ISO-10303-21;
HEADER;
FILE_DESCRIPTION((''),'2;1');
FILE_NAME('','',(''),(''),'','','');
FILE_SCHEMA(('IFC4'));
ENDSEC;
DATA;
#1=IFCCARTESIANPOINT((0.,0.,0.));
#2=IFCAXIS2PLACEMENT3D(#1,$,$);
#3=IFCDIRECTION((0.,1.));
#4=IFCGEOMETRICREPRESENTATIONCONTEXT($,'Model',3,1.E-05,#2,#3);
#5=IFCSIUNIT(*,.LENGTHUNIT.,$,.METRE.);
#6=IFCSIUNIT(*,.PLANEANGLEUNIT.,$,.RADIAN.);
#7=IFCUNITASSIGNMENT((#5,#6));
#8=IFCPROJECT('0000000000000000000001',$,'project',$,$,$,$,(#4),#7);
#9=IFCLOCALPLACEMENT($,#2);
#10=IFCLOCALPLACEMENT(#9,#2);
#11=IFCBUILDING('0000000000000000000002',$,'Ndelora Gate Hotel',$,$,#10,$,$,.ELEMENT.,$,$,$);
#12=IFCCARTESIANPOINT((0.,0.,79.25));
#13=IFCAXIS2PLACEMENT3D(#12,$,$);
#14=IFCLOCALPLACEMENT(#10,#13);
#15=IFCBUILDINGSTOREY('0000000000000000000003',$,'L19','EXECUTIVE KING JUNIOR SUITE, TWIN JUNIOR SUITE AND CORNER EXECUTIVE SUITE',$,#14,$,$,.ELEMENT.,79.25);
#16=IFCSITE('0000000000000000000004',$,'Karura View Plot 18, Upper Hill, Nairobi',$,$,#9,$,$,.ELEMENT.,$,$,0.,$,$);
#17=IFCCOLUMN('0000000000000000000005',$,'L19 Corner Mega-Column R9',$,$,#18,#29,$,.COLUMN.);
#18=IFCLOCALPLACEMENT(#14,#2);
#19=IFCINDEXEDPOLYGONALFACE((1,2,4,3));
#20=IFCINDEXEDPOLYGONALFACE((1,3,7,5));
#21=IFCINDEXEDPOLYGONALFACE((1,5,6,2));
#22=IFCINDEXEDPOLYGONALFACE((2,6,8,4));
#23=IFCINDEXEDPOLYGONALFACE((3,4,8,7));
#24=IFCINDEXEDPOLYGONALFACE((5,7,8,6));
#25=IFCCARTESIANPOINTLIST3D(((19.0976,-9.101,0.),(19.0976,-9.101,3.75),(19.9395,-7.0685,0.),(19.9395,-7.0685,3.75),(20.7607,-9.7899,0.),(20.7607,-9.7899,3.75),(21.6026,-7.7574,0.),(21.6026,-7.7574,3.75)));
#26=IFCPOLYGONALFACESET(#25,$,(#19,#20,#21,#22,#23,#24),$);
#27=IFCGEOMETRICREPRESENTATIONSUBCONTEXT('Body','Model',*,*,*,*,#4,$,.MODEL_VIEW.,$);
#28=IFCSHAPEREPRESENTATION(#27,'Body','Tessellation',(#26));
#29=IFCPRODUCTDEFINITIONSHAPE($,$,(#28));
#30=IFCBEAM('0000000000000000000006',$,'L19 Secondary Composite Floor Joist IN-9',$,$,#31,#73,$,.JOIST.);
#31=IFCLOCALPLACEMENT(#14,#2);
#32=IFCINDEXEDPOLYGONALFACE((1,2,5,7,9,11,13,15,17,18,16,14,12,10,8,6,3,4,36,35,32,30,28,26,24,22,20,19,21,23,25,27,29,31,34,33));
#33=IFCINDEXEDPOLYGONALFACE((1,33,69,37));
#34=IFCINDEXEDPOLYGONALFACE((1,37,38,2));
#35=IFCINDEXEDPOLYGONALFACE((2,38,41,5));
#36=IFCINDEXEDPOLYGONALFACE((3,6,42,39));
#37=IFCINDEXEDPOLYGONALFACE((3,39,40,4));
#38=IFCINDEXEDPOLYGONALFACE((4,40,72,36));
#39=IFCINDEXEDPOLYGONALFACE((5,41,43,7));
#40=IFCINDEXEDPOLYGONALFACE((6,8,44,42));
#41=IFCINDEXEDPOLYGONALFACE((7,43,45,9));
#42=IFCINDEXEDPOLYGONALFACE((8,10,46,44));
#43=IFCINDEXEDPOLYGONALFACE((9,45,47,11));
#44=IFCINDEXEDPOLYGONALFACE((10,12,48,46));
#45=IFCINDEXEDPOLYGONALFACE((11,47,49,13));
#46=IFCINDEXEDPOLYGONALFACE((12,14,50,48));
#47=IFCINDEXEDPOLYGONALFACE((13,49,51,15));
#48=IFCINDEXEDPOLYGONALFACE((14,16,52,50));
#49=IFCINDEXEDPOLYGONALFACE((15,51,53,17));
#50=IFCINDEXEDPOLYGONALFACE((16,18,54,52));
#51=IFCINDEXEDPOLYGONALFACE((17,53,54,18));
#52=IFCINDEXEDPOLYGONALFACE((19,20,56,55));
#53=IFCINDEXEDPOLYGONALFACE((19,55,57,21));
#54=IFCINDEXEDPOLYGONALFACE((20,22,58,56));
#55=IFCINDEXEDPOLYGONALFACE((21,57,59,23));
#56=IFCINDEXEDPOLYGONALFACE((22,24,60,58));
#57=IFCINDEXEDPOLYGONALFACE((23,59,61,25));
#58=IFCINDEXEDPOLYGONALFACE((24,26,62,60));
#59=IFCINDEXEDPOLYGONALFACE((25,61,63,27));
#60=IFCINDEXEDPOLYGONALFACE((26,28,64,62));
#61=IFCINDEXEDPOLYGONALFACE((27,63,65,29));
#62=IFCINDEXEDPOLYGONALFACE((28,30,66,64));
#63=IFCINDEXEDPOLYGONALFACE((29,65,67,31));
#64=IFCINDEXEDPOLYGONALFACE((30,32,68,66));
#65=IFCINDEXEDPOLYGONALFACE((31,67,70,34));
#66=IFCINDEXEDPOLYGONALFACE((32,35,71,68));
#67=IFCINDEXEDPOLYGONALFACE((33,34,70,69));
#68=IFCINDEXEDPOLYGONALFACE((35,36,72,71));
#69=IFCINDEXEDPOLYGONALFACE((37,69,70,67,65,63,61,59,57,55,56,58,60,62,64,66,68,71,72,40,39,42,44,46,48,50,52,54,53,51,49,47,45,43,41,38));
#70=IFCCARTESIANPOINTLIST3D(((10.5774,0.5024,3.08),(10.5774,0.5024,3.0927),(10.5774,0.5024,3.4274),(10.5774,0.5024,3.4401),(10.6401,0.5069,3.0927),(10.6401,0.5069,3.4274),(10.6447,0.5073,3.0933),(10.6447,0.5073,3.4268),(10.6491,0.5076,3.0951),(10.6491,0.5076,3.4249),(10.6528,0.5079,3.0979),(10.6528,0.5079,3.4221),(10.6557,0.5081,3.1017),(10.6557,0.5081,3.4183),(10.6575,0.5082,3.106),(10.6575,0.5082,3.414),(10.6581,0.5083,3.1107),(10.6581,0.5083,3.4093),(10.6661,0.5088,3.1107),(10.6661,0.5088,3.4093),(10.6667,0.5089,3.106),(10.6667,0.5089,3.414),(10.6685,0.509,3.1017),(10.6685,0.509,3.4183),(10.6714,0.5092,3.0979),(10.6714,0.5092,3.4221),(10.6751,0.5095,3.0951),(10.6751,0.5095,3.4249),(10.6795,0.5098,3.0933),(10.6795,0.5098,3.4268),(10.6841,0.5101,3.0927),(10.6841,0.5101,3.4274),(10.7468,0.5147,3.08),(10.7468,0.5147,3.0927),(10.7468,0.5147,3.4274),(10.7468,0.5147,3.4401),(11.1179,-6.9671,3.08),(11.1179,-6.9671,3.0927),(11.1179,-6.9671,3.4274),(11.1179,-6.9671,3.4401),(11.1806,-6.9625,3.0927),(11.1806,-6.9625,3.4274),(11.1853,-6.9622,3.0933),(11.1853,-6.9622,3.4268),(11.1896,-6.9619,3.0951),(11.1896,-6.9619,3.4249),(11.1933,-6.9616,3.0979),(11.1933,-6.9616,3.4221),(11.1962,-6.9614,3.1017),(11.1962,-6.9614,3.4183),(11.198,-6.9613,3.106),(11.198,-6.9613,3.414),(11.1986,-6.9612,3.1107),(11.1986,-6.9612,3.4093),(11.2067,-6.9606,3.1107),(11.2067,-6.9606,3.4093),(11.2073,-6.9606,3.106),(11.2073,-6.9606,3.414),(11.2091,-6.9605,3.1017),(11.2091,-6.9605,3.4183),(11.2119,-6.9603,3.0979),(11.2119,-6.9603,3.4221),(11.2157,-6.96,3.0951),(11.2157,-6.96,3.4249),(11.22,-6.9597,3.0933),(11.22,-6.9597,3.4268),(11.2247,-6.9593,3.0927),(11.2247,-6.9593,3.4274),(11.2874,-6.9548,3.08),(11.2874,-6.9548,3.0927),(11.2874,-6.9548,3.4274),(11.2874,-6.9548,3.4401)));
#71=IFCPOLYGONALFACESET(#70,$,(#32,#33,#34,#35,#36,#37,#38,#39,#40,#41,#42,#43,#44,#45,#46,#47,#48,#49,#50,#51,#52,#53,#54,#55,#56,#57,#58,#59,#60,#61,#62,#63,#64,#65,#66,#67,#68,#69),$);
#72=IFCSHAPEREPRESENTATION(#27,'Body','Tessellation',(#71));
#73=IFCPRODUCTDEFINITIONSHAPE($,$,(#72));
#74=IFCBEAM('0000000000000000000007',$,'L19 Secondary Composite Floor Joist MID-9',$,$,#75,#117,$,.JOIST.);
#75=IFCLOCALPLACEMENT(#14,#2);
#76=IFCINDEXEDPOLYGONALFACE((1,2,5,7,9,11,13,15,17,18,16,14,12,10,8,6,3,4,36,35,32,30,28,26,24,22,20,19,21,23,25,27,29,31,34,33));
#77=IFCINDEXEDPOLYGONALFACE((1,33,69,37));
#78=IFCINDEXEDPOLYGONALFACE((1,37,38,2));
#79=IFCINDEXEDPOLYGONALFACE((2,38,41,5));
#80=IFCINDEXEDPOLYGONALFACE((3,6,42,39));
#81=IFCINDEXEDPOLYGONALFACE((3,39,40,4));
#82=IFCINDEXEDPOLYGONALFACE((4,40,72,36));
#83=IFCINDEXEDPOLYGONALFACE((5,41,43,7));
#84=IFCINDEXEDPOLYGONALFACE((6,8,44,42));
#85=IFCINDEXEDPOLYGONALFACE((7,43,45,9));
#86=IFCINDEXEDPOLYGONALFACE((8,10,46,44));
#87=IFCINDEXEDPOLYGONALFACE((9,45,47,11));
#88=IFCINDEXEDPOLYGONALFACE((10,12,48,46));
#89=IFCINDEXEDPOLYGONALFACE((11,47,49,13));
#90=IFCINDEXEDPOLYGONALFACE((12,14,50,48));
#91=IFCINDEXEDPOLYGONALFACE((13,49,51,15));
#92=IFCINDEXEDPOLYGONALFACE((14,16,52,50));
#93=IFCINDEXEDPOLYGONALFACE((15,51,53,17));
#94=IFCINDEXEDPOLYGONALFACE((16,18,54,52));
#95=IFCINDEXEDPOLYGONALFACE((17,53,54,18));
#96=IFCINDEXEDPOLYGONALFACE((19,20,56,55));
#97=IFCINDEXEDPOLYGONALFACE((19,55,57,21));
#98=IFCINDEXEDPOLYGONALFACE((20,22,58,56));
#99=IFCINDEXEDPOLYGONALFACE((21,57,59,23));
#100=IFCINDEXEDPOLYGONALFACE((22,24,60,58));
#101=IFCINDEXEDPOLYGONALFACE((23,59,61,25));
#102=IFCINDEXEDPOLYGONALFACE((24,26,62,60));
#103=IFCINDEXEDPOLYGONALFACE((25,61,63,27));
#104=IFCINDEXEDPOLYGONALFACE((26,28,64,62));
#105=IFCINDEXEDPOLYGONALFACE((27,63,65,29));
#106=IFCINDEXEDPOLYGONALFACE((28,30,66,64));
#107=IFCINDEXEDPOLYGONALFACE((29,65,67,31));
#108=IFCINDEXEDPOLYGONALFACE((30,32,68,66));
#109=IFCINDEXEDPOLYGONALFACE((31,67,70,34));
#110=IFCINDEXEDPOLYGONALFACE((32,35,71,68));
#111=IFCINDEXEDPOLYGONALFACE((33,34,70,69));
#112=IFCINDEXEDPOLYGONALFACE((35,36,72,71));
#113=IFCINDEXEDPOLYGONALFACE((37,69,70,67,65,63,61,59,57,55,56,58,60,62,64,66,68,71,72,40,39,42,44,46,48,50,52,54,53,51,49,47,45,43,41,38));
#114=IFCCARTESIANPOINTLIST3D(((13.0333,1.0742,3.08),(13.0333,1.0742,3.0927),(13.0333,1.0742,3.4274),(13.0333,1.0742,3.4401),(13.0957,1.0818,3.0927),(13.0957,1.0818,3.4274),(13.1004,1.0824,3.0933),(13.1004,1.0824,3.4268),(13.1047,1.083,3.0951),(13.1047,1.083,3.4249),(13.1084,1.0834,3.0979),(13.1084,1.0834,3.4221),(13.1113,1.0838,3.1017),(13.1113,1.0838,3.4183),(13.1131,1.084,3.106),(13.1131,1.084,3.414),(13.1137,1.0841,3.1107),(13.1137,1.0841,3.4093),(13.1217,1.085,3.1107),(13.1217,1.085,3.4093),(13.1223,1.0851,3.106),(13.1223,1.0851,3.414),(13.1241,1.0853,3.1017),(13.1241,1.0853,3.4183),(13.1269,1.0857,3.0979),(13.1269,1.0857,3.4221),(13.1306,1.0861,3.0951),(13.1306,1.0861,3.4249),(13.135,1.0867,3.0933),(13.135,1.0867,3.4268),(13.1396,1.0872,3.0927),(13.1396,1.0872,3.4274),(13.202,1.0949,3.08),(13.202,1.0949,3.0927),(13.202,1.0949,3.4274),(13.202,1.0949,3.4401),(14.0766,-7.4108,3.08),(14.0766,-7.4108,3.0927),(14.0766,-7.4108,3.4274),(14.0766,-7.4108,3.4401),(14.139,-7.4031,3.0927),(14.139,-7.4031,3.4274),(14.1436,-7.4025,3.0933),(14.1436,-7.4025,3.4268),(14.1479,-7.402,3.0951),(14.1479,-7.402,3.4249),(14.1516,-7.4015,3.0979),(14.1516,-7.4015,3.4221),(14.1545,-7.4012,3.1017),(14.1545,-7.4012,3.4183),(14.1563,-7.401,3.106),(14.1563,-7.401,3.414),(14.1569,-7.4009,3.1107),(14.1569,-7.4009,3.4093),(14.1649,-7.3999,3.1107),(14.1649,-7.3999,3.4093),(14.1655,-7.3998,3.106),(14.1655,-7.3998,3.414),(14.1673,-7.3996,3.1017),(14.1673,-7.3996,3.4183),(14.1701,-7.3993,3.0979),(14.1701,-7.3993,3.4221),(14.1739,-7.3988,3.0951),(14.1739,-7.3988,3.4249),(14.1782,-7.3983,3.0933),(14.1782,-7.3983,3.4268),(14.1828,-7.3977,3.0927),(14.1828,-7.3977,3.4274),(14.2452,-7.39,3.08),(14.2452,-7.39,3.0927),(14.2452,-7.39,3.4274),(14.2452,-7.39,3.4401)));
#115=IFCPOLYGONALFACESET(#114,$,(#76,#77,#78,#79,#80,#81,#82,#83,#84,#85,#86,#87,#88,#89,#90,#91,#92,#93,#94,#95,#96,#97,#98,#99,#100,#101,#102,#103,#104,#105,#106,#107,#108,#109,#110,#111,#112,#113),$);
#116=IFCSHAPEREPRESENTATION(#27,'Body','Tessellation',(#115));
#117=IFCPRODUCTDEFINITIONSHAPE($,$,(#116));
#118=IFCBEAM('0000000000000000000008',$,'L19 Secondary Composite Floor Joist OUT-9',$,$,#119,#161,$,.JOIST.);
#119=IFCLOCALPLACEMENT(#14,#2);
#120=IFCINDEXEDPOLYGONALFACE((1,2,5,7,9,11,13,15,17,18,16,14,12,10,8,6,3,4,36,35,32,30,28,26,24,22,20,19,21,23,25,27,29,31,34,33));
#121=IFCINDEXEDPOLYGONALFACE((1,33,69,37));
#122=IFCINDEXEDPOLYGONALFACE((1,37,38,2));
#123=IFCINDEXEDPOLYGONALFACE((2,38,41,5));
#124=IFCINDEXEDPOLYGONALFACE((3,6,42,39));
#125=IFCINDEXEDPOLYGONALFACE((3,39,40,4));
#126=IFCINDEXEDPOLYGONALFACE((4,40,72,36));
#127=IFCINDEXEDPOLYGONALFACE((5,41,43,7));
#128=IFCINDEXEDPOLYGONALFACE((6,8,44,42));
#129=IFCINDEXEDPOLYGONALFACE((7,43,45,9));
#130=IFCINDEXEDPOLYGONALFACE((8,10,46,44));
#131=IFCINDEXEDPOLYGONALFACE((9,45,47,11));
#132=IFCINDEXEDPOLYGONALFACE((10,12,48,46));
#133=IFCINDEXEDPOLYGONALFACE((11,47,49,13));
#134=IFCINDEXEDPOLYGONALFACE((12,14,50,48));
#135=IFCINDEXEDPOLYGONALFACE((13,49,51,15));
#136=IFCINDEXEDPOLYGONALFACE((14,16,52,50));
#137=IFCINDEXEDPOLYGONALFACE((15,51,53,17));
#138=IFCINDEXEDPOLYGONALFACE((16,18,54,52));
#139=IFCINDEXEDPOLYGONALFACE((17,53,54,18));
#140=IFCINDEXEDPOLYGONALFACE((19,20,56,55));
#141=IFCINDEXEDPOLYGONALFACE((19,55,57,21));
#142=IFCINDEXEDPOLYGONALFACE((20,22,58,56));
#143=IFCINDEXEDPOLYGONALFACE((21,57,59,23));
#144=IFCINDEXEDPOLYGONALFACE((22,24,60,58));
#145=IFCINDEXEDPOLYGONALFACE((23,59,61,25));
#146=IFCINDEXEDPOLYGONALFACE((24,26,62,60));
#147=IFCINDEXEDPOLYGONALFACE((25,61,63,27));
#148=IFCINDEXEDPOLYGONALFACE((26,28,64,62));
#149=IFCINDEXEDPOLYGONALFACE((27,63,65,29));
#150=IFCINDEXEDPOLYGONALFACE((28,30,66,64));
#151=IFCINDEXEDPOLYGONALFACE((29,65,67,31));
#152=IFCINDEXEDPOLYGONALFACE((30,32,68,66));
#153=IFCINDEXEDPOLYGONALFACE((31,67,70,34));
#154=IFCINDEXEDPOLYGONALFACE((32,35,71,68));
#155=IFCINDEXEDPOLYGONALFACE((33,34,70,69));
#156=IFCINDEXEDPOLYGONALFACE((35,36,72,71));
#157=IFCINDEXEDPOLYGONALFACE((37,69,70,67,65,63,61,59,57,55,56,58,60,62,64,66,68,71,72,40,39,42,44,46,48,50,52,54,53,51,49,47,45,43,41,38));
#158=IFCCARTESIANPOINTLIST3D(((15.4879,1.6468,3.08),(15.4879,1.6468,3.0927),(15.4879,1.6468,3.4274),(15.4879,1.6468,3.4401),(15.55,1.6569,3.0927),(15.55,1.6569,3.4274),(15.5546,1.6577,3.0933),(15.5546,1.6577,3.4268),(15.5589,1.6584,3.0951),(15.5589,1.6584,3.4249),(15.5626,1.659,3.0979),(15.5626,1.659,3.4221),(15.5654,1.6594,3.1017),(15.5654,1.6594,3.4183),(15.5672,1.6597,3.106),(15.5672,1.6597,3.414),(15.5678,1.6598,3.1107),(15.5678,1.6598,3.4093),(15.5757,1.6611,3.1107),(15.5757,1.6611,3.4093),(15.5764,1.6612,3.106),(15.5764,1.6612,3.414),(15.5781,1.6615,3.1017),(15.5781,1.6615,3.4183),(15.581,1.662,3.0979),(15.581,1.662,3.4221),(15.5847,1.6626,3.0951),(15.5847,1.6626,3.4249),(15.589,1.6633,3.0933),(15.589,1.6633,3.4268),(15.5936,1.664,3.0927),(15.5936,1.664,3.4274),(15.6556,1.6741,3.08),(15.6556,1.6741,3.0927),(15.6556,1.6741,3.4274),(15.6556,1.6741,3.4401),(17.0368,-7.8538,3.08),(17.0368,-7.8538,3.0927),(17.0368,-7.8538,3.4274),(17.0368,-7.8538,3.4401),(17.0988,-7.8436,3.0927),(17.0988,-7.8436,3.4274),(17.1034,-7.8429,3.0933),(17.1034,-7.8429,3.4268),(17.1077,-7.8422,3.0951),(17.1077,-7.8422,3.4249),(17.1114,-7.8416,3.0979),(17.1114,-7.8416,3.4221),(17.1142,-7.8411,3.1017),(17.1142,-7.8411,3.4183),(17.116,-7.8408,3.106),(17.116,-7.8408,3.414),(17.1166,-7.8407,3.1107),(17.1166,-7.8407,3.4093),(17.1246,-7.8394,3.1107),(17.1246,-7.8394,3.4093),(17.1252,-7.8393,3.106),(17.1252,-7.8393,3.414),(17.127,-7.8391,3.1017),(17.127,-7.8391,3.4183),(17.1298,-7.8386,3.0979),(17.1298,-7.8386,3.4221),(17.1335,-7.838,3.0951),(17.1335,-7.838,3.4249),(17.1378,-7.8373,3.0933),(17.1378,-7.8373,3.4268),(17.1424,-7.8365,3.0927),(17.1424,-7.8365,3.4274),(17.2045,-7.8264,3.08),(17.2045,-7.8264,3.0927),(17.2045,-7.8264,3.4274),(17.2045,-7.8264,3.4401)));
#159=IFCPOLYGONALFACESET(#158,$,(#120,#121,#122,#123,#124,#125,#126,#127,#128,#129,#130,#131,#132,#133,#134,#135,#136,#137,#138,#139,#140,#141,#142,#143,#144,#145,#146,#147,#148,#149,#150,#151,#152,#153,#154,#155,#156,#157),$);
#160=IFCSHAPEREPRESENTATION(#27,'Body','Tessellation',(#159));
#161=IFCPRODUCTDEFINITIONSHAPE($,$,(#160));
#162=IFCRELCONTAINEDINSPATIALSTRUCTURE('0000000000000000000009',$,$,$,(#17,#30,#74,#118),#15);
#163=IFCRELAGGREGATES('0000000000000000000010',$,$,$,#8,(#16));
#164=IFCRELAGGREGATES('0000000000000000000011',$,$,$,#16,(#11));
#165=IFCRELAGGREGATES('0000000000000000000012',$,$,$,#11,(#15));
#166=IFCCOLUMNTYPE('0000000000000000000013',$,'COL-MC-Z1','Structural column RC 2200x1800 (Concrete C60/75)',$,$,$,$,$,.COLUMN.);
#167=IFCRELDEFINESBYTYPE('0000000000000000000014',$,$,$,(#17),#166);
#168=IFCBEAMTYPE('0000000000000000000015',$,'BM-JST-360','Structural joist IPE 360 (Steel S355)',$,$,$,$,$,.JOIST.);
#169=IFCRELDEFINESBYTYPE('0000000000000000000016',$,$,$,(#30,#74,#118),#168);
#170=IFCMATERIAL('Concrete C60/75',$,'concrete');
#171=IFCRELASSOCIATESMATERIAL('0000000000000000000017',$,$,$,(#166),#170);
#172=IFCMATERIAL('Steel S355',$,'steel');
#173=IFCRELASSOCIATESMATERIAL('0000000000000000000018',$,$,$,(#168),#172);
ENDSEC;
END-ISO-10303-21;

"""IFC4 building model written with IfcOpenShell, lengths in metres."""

from ifc_helpers import new_model, si_unit, direction, frame, origin, origin_2d, place, context, subcontext, project, spatial, rectangle, i_section, extrude, material, material_profile, profile_set, type_object, element, save


model = new_model("IFC4")

# Units and contexts
model_context = context("Model", 3, precision=1e-05, world=origin(), true_north=direction((0.0, 1.0)))
body_context = subcontext(model_context, "Body", "Model", "MODEL_VIEW")
ifc_project = project(units=[si_unit("LENGTHUNIT", "METRE"), si_unit("PLANEANGLEUNIT", "RADIAN")], contexts=[model_context])

# Site, building, storey
site_placement = place(None, origin())
site = spatial("IfcSite", under=ifc_project, at=site_placement, Name="Karura View Plot 18, Upper Hill, Nairobi", CompositionType="ELEMENT", RefElevation=0.0)
building_placement = place(site_placement, origin())
building = spatial("IfcBuilding", under=site, at=building_placement, Name="Ndelora Gate Hotel", CompositionType="ELEMENT")
storey_placement = place(building_placement, frame((0.0, 0.0, 79.25)))
storey = spatial("IfcBuildingStorey", under=building, at=storey_placement, Name="L19", Description="EXECUTIVE KING JUNIOR SUITE, TWIN JUNIOR SUITE AND CORNER EXECUTIVE SUITE", CompositionType="ELEMENT", Elevation=79.25)

# Column
ifc_material_1 = material(Name="Concrete C60/75", Category="concrete")
ifc_material_profile_1 = material_profile(ifc_material_1, rectangle(XDim=1.8, YDim=2.2, at=origin_2d()), Name="RC 2200x1800")
ifc_profile_set_1 = profile_set([ifc_material_profile_1], Name="Concrete C60/75")
column_type = type_object("IfcColumnType", Name="COL-MC-Z1", Description="Structural column RC 2200x1800 (Concrete C60/75)", PredefinedType="COLUMN", material=ifc_profile_set_1)
column_placement = place(storey_placement, frame((20.3501, -8.4292, 0.0), z_axis=(0.0, 0.0, 1.0), x_axis=(-0.92388, 0.382683, 0.0)))
element("IfcColumn", 1, at=column_placement, inside=storey, type_object=column_type, Name="L19 Corner Mega-Column R9", PredefinedType="COLUMN", context=body_context, shape_type="SweptSolid", body=[
    extrude(rectangle(XDim=1.8, YDim=2.2, at=origin_2d()), origin(), (0.0, 0.0, 1.0), 3.75),
])

# Beams
ifc_material_2 = material(Name="Steel S355", Category="steel")
ifc_material_profile_2 = material_profile(ifc_material_2, i_section(OverallWidth=0.1699, OverallDepth=0.3601, WebThickness=0.0081, FlangeThickness=0.0127, FilletRadius=0.0181, at=origin_2d()), Name="IPE 360")
ifc_profile_set_2 = profile_set([ifc_material_profile_2], Name="Steel S355")
beam_type_1 = type_object("IfcBeamType", Name="BM-JST-360", Description="Structural joist IPE 360 (Steel S355)", PredefinedType="JOIST", material=ifc_profile_set_2)
beam_1_placement = place(storey_placement, frame((11.2026, -6.9609, 3.26), z_axis=(-0.072176, 0.997392, 0.0), x_axis=(-0.997392, -0.072176, 0.0)))
element("IfcBeam", 2, at=beam_1_placement, inside=storey, type_object=beam_type_1, Name="L19 Secondary Composite Floor Joist IN-9", PredefinedType="JOIST", context=body_context, shape_type="SweptSolid", body=[
    extrude(i_section(OverallWidth=0.1699, OverallDepth=0.3601, WebThickness=0.0081, FlangeThickness=0.0127, FilletRadius=0.0181, at=origin_2d()), origin(), (0.0, 0.0, 1.0), 7.489),
])
beam_2_placement = place(storey_placement, frame((14.1609, -7.4004, 3.26), z_axis=(-0.122031, 0.992526, 0.0), x_axis=(-0.992526, -0.122031, 0.0)))
element("IfcBeam", 3, at=beam_2_placement, inside=storey, type_object=beam_type_1, Name="L19 Secondary Composite Floor Joist MID-9", PredefinedType="JOIST", context=body_context, shape_type="SweptSolid", body=[
    extrude(i_section(OverallWidth=0.1699, OverallDepth=0.3601, WebThickness=0.0081, FlangeThickness=0.0127, FilletRadius=0.0181, at=origin_2d()), origin(), (0.0, 0.0, 1.0), 8.5488),
])
beam_3_placement = place(storey_placement, frame((17.1206, -7.8401, 3.26), z_axis=(-0.160902, 0.98697, 0.0), x_axis=(-0.98697, -0.160902, 0.0)))
element("IfcBeam", 4, at=beam_3_placement, inside=storey, type_object=beam_type_1, Name="L19 Secondary Composite Floor Joist OUT-9", PredefinedType="JOIST", context=body_context, shape_type="SweptSolid", body=[
    extrude(i_section(OverallWidth=0.1699, OverallDepth=0.3601, WebThickness=0.0081, FlangeThickness=0.0127, FilletRadius=0.0181, at=origin_2d()), origin(), (0.0, 0.0, 1.0), 9.626),
])

save(model, "model.ifc")
